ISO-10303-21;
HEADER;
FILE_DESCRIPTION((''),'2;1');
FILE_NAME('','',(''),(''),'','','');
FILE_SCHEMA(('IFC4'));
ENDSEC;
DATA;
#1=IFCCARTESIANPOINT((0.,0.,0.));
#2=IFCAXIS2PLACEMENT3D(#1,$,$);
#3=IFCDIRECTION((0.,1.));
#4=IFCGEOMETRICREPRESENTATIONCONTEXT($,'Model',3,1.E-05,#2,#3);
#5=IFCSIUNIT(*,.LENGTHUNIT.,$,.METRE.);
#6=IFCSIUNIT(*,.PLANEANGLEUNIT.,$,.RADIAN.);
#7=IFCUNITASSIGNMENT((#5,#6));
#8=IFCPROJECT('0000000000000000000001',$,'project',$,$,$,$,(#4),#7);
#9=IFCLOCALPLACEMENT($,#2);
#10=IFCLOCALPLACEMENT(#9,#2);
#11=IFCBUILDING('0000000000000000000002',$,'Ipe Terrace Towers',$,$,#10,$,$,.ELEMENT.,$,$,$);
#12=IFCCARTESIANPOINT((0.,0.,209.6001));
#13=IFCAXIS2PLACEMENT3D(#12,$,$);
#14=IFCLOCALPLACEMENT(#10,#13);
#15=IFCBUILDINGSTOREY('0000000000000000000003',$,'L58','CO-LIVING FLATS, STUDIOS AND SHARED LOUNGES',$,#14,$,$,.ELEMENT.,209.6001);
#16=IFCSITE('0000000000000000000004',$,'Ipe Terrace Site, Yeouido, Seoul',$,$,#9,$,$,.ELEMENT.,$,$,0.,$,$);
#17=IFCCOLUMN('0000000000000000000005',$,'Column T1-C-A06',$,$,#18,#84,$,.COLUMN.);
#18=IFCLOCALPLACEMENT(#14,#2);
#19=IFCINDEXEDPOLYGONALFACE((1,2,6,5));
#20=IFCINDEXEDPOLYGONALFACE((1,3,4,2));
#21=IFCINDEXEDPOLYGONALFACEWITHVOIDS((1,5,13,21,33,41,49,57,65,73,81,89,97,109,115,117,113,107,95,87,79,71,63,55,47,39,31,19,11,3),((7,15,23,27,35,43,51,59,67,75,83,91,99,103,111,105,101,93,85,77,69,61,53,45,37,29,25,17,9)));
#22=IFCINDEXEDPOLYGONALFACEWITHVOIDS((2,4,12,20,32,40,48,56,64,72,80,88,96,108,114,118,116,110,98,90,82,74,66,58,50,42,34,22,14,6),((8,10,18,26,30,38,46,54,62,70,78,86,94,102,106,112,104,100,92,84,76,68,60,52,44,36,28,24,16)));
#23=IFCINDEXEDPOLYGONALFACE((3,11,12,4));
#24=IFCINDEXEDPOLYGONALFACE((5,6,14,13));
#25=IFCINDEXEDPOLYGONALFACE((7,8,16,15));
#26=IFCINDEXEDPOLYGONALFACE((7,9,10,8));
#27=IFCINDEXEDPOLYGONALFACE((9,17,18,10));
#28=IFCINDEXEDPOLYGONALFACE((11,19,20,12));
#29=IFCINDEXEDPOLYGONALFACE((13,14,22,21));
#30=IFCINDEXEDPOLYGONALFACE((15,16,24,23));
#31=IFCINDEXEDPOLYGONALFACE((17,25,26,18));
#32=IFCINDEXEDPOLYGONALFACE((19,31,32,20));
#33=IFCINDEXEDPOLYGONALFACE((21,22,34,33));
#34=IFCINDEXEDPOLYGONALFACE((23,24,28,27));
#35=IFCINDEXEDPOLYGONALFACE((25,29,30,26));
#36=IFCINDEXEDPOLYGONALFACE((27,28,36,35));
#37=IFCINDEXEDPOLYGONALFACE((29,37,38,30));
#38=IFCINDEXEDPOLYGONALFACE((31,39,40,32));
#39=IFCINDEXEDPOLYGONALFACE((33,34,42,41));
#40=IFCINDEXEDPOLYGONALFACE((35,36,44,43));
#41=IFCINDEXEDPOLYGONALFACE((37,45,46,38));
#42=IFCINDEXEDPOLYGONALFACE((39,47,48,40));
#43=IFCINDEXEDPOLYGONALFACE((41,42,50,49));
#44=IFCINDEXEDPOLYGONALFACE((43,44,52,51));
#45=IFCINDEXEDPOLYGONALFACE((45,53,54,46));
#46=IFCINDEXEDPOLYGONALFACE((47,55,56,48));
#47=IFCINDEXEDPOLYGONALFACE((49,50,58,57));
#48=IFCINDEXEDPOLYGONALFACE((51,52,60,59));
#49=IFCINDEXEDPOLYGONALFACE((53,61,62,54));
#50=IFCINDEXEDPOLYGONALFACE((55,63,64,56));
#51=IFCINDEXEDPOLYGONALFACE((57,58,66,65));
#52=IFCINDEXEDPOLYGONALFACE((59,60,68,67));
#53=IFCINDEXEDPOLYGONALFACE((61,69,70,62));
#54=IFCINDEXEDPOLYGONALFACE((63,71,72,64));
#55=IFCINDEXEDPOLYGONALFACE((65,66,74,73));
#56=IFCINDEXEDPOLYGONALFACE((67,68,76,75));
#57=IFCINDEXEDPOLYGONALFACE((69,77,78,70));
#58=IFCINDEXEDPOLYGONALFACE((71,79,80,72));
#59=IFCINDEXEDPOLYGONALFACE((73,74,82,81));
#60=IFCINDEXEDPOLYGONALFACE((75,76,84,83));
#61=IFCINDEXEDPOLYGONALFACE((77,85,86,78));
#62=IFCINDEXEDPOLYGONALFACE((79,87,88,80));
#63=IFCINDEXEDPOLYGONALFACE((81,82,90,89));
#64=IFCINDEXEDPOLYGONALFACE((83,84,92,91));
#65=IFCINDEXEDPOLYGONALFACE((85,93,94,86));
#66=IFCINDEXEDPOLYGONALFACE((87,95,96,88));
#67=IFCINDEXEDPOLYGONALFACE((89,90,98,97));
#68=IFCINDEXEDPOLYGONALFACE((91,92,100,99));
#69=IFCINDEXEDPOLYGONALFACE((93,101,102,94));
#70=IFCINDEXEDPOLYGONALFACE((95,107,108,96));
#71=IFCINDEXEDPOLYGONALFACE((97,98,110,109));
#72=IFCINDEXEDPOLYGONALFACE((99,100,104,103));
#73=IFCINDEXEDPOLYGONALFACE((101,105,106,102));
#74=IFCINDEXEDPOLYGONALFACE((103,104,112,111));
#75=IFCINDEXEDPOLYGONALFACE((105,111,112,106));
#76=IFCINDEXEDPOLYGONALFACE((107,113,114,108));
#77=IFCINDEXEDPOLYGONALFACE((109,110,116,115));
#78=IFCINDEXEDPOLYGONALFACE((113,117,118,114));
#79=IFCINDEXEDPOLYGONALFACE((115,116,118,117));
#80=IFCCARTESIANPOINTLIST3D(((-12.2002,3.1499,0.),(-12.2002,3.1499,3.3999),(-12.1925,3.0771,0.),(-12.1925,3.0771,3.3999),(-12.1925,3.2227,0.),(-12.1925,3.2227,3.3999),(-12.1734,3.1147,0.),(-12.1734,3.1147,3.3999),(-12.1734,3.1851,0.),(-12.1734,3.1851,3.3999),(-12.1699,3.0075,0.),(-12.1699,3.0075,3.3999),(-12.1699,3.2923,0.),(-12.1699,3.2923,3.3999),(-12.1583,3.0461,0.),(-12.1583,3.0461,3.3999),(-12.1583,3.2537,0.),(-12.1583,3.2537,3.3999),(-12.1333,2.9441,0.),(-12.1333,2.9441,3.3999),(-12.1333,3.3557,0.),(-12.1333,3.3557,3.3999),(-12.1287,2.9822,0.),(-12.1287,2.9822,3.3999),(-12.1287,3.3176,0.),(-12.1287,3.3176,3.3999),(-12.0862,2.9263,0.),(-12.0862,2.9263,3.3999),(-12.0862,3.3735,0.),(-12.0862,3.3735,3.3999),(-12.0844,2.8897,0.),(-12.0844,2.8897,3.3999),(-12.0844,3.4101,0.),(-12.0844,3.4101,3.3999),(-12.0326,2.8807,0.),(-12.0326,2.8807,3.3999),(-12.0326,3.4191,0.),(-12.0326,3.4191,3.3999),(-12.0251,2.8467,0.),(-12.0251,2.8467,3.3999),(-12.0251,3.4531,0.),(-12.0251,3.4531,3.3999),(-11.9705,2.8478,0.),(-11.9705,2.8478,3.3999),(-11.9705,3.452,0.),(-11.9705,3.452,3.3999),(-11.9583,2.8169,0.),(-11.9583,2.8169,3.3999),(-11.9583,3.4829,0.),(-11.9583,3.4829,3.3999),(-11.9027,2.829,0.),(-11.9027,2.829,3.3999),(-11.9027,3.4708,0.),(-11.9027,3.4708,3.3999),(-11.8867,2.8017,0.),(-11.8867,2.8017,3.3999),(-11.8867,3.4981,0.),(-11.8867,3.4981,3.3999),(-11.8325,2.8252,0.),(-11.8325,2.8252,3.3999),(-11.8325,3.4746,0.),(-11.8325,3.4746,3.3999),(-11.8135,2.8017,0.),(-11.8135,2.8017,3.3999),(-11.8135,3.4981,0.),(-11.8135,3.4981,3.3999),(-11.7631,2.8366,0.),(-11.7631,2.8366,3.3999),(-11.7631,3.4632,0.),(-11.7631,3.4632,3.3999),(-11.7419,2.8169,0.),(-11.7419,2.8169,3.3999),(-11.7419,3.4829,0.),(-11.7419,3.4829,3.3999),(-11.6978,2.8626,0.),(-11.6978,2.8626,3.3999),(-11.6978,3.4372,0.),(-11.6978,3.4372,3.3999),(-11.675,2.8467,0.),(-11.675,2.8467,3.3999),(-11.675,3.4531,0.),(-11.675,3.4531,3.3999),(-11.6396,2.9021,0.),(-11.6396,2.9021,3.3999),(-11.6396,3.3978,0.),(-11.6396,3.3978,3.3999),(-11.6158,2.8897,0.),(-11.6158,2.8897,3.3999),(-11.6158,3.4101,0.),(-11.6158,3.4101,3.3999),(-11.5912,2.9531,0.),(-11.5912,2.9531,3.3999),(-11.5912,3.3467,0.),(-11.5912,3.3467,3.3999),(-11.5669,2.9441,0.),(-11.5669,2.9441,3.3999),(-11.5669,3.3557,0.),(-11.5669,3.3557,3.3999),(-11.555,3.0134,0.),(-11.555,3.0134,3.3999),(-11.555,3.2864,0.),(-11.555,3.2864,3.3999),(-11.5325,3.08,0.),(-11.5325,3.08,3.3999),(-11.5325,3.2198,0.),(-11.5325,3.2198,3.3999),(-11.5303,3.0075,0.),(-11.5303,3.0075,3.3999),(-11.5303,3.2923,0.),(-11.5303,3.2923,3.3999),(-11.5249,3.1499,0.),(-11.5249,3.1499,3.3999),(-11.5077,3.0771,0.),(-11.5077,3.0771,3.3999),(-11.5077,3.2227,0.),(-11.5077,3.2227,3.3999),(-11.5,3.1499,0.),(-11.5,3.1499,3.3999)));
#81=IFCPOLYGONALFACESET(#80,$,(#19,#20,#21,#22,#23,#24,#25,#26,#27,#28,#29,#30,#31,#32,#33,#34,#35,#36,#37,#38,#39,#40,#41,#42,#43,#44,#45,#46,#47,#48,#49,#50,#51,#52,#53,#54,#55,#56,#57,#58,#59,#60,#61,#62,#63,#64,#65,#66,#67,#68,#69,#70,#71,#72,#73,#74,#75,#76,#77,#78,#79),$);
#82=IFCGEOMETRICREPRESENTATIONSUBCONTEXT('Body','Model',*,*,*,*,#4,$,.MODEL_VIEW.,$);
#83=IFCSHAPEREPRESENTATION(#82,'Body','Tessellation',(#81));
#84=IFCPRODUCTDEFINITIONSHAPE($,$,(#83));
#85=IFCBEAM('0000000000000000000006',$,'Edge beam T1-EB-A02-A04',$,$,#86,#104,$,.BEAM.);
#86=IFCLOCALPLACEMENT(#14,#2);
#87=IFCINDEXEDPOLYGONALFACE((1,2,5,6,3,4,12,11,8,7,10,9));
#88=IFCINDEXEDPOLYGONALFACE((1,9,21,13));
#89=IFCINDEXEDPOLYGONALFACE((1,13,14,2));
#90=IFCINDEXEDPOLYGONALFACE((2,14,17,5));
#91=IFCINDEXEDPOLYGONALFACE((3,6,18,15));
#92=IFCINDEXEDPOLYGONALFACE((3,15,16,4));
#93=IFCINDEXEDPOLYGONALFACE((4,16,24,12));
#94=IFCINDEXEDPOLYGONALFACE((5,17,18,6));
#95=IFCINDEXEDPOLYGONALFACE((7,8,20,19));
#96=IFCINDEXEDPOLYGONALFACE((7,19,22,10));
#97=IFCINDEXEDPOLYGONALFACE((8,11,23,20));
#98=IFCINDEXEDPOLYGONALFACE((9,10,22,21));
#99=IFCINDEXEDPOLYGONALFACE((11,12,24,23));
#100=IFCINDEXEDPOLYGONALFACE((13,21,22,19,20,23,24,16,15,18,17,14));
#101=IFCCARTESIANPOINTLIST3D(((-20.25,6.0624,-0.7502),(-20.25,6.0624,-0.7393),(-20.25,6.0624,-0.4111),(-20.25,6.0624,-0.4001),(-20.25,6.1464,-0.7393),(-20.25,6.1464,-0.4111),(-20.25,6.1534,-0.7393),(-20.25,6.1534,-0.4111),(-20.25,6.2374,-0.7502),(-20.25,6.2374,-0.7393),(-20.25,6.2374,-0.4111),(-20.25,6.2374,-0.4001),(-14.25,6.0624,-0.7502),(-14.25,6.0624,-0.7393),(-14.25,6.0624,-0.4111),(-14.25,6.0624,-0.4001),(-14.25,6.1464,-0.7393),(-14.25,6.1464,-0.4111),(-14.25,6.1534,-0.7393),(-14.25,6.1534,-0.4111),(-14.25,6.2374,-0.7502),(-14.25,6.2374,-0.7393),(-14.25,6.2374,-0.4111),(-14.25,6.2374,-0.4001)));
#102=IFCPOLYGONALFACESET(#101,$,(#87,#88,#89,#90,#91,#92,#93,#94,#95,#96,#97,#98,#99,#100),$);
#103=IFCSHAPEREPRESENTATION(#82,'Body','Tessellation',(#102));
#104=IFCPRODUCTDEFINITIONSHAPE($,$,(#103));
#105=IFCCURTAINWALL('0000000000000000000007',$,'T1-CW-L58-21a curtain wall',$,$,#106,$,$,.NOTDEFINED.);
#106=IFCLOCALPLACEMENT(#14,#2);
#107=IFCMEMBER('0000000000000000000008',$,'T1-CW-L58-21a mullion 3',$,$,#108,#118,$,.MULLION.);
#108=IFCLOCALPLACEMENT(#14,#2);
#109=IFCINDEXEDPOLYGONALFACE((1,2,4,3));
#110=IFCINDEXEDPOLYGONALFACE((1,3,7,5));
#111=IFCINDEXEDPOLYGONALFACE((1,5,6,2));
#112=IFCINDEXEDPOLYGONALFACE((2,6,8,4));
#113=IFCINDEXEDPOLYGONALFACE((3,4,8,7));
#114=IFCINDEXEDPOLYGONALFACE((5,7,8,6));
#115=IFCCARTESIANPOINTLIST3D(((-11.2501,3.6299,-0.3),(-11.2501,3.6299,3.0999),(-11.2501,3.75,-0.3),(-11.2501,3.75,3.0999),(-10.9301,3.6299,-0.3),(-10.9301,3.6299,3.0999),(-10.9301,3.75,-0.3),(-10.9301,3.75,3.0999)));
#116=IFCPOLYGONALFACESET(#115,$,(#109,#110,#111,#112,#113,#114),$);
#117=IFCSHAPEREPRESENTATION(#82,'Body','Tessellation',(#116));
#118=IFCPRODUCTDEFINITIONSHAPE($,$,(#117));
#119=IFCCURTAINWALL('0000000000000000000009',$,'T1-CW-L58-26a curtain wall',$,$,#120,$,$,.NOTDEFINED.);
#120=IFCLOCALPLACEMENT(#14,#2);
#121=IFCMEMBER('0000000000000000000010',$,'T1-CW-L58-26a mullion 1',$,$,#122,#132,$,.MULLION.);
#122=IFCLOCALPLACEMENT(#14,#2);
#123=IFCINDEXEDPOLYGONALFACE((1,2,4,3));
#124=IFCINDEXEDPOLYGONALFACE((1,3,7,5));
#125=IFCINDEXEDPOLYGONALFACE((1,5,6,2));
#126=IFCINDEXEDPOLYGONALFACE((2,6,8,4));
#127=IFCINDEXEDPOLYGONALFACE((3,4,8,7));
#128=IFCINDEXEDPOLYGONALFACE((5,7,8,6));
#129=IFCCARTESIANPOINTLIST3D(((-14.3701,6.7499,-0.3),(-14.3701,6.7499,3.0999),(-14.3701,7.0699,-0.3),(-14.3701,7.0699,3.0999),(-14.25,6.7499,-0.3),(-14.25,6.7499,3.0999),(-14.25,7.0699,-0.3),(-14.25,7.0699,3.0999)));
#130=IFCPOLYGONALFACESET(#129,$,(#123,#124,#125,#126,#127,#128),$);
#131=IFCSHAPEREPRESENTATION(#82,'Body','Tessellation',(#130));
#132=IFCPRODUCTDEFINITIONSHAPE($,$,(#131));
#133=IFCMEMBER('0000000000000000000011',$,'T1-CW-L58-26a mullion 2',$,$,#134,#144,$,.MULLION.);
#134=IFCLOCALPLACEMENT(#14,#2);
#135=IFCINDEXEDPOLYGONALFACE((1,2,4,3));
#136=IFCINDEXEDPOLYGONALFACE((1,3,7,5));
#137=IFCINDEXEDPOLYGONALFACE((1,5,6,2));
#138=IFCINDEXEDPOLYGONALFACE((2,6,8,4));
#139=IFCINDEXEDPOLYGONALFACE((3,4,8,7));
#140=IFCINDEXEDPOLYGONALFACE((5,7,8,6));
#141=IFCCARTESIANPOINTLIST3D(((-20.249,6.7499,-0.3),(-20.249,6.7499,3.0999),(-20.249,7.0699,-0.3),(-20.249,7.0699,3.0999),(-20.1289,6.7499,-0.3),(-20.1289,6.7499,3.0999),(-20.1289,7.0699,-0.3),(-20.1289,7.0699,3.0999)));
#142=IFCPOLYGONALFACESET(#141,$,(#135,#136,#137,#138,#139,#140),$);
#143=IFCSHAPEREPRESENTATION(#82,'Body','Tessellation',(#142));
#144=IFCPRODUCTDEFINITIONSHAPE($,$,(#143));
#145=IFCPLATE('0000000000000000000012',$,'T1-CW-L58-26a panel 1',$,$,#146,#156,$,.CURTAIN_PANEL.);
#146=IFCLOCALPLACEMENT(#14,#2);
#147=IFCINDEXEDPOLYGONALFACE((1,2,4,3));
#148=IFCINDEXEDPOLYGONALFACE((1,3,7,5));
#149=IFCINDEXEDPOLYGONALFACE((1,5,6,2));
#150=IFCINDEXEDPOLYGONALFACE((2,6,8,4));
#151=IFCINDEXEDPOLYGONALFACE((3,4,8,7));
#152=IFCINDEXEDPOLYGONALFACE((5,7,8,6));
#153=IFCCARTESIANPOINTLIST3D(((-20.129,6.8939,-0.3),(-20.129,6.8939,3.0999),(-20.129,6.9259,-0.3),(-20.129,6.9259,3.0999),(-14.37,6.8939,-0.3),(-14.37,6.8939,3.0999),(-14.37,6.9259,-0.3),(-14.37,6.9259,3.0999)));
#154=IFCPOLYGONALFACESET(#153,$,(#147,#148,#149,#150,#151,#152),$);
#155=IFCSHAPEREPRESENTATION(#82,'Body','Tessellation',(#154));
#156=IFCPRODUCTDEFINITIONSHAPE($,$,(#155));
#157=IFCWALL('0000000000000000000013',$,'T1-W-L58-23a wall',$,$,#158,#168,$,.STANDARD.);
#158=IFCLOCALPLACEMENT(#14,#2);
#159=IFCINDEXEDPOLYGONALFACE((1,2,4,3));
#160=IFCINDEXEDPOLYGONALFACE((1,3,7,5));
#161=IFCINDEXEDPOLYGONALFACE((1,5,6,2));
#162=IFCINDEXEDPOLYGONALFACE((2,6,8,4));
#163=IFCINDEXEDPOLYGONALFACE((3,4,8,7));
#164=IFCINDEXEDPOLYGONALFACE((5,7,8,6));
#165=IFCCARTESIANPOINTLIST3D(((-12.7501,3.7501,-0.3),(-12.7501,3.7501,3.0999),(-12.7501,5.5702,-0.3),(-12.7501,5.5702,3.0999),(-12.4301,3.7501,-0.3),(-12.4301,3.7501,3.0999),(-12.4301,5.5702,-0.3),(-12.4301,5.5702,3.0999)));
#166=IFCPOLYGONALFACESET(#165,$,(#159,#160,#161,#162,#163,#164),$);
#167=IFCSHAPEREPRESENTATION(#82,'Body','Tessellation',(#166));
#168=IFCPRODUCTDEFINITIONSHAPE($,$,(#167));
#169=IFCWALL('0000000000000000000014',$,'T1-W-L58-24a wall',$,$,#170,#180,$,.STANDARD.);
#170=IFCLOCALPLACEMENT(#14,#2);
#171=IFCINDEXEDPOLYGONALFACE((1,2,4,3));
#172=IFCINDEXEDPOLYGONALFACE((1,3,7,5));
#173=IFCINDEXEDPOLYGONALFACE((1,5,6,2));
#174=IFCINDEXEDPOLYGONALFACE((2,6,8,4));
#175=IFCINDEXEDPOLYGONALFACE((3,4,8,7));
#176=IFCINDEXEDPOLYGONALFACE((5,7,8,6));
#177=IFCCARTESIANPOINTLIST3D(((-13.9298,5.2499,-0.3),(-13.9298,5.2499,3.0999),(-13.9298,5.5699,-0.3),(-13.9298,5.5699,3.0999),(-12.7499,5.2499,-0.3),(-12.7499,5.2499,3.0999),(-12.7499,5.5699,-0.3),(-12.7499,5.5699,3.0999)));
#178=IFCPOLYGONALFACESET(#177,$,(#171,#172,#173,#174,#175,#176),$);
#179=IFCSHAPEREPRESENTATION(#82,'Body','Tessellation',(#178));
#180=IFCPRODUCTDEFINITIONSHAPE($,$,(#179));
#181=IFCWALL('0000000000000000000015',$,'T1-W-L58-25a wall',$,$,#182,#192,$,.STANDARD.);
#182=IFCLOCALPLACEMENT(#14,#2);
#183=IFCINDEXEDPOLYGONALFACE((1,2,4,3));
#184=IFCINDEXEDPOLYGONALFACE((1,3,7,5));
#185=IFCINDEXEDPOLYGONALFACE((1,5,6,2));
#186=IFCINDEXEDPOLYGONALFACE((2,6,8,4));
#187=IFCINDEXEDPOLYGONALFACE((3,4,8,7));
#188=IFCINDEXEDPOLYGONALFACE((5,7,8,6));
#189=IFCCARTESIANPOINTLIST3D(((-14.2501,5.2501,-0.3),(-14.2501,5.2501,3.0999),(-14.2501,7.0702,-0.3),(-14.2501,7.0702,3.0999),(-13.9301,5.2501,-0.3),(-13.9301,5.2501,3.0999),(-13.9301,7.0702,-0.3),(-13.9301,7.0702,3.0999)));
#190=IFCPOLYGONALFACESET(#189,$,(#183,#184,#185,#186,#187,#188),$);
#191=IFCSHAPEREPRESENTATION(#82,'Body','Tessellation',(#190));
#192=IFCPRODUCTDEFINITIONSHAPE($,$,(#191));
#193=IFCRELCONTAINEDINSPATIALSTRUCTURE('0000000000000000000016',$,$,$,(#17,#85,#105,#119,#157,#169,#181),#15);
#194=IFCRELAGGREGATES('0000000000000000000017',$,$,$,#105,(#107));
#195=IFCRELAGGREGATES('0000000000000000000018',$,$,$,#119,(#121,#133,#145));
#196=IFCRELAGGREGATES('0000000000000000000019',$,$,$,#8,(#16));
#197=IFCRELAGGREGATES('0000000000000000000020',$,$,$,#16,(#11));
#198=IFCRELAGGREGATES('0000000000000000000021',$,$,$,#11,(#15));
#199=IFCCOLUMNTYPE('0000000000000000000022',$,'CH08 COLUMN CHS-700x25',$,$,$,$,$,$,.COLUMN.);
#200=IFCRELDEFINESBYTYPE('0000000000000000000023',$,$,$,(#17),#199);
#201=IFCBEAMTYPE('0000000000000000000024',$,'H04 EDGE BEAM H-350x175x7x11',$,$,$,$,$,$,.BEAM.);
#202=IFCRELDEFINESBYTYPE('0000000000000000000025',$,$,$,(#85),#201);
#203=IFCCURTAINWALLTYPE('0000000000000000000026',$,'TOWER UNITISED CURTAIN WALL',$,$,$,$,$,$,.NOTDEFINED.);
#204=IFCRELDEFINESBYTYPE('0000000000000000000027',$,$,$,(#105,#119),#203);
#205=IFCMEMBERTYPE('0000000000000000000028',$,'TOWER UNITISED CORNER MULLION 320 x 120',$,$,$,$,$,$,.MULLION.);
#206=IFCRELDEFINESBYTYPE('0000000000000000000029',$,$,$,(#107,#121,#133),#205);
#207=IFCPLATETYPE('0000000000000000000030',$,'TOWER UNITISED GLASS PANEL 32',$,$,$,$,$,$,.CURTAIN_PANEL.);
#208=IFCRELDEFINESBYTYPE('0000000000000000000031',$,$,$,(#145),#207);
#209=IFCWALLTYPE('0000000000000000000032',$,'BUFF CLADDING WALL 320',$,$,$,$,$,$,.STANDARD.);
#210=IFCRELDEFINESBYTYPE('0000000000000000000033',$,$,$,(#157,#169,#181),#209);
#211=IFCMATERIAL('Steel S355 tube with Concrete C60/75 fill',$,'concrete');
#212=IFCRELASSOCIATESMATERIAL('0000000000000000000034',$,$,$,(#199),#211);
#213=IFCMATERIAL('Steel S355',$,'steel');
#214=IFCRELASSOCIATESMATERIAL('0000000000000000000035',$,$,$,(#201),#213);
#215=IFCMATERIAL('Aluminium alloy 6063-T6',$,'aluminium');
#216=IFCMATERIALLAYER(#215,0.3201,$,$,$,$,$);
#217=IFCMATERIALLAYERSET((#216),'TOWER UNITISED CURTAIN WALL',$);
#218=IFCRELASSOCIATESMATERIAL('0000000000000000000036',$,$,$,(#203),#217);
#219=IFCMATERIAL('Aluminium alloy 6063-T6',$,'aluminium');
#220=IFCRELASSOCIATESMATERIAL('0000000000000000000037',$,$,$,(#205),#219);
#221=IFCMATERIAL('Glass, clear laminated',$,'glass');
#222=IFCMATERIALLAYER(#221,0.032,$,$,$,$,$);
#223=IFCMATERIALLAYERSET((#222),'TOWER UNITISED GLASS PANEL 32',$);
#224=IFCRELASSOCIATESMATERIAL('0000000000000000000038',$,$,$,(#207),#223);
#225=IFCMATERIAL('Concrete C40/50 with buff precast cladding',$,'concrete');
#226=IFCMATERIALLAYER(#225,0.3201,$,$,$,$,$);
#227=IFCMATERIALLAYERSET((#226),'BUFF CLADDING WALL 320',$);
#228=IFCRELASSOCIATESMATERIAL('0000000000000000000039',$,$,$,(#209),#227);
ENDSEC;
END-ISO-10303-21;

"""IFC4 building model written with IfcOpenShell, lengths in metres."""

from ifc_helpers import new_model, si_unit, direction, frame, frame_2d, origin, origin_2d, place, context, subcontext, project, spatial, rectangle, hollow_circle, i_section, extrude, material, layer, layer_set, material_profile, profile_set, type_object, element, aggregate, save


model = new_model("IFC4")

# Units and contexts
model_context = context("Model", 3, precision=1e-05, world=origin(), true_north=direction((0.0, 1.0)))
body_context = subcontext(model_context, "Body", "Model", "MODEL_VIEW")
ifc_project = project(units=[si_unit("LENGTHUNIT", "METRE"), si_unit("PLANEANGLEUNIT", "RADIAN")], contexts=[model_context])

# Site, building, storey
site_placement = place(None, origin())
site = spatial("IfcSite", under=ifc_project, at=site_placement, Name="Ipe Terrace Site, Yeouido, Seoul", CompositionType="ELEMENT", RefElevation=0.0)
building_placement = place(site_placement, origin())
building = spatial("IfcBuilding", under=site, at=building_placement, Name="Ipe Terrace Towers", CompositionType="ELEMENT")
storey_placement = place(building_placement, frame((0.0, 0.0, 209.6001)))
storey = spatial("IfcBuildingStorey", under=building, at=storey_placement, Name="L58", Description="CO-LIVING FLATS, STUDIOS AND SHARED LOUNGES", CompositionType="ELEMENT", Elevation=209.6001)

# Column
ifc_material_1 = material(Name="Steel S355 tube with Concrete C60/75 fill", Category="concrete")
ifc_material_profile_1 = material_profile(ifc_material_1, hollow_circle(Radius=0.3501, WallThickness=0.0249, at=origin_2d()), Name="CHS-700x25")
ifc_profile_set_1 = profile_set([ifc_material_profile_1], Name="Steel S355 tube with Concrete C60/75 fill")
column_type = type_object("IfcColumnType", Name="CH08 COLUMN CHS-700x25", PredefinedType="COLUMN", material=ifc_profile_set_1)
for number, where, z_axis, x_axis, name in (
    (1, (-11.8501, 3.1499, 0.0), (0.0, 0.0, 1.0), (1.0, 0.0, 0.0), "Column T1-C-A06"),
):
    element("IfcColumn", number, at=place(storey_placement, frame(where, z_axis=z_axis, x_axis=x_axis)), inside=storey, type_object=column_type, Name=name, PredefinedType="COLUMN", context=body_context, shape_type="SweptSolid", body=[
        extrude(hollow_circle(Radius=0.3501, WallThickness=0.0249, at=origin_2d()), origin(), (0.0, 0.0, 1.0), 3.3999),
    ])

# Beam
ifc_material_2 = material(Name="Steel S355", Category="steel")
ifc_material_profile_2 = material_profile(ifc_material_2, i_section(OverallWidth=0.175, OverallDepth=0.3501, WebThickness=0.0071, FlangeThickness=0.011, at=origin_2d()), Name="H-350x175x7x11")
ifc_profile_set_2 = profile_set([ifc_material_profile_2], Name="Steel S355")
beam_type = type_object("IfcBeamType", Name="H04 EDGE BEAM H-350x175x7x11", PredefinedType="BEAM", material=ifc_profile_set_2)
beam_placement = place(storey_placement, frame((-20.25, 6.1499, -0.5752), z_axis=(1.0, 0.0, 0.0), x_axis=(0.0, 1.0, 0.0)))
element("IfcBeam", 2, at=beam_placement, inside=storey, type_object=beam_type, Name="Edge beam T1-EB-A02-A04", PredefinedType="BEAM", context=body_context, shape_type="SweptSolid", body=[
    extrude(i_section(OverallWidth=0.175, OverallDepth=0.3501, WebThickness=0.0071, FlangeThickness=0.011, at=origin_2d()), origin(), (0.0, 0.0, 1.0), 6.0),
])

# Curtain wall, member
ifc_material_3 = material(Name="Aluminium alloy 6063-T6", Category="aluminium")
ifc_layer_1 = layer(ifc_material_3, 0.3201)
ifc_layer_set_1 = layer_set([ifc_layer_1], Name="TOWER UNITISED CURTAIN WALL")
curtain_wall_type = type_object("IfcCurtainWallType", Name="TOWER UNITISED CURTAIN WALL", PredefinedType="NOTDEFINED", material=ifc_layer_set_1)
curtain_wall_1_placement = place(storey_placement, origin())
curtain_wall_1 = element("IfcCurtainWall", 3, at=curtain_wall_1_placement, inside=storey, type_object=curtain_wall_type, Name="T1-CW-L58-21a curtain wall", PredefinedType="NOTDEFINED")
ifc_material_4 = material(Name="Aluminium alloy 6063-T6", Category="aluminium")
ifc_material_profile_3 = material_profile(ifc_material_4, rectangle(XDim=0.3201, YDim=0.1201, at=origin_2d()), Name="TOWER UNITISED CORNER MULLION 320 x 120")
ifc_profile_set_3 = profile_set([ifc_material_profile_3], Name="Aluminium alloy 6063-T6")
member_type = type_object("IfcMemberType", Name="TOWER UNITISED CORNER MULLION 320 x 120", PredefinedType="MULLION", material=ifc_profile_set_3)
member_1_placement = place(storey_placement, frame((-11.0901, 3.6899, -0.3), z_axis=(0.0, 0.0, 1.0), x_axis=(1.0, 0.0, 0.0)))
member_1 = element("IfcMember", 4, at=member_1_placement, type_object=member_type, Name="T1-CW-L58-21a mullion 3", PredefinedType="MULLION", context=body_context, shape_type="SweptSolid", body=[
    extrude(rectangle(XDim=0.3201, YDim=0.1201, at=origin_2d()), origin(), (0.0, 0.0, 1.0), 3.3999),
])
aggregate(curtain_wall_1, [member_1])

# Curtain wall, members, plate
curtain_wall_2_placement = place(storey_placement, origin())
curtain_wall_2 = element("IfcCurtainWall", 5, at=curtain_wall_2_placement, inside=storey, type_object=curtain_wall_type, Name="T1-CW-L58-26a curtain wall", PredefinedType="NOTDEFINED")
member_2_placement = place(storey_placement, frame((-14.3101, 6.9099, -0.3), z_axis=(0.0, 0.0, 1.0), x_axis=(0.0, 1.0, 0.0)))
member_2 = element("IfcMember", 6, at=member_2_placement, type_object=member_type, Name="T1-CW-L58-26a mullion 1", PredefinedType="MULLION", context=body_context, shape_type="SweptSolid", body=[
    extrude(rectangle(XDim=0.3201, YDim=0.1201, at=origin_2d()), origin(), (0.0, 0.0, 1.0), 3.3999),
])
member_3_placement = place(storey_placement, frame((-20.189, 6.9099, -0.3), z_axis=(0.0, 0.0, 1.0), x_axis=(0.0, 1.0, 0.0)))
member_3 = element("IfcMember", 7, at=member_3_placement, type_object=member_type, Name="T1-CW-L58-26a mullion 2", PredefinedType="MULLION", context=body_context, shape_type="SweptSolid", body=[
    extrude(rectangle(XDim=0.3201, YDim=0.1201, at=origin_2d()), origin(), (0.0, 0.0, 1.0), 3.3999),
])
ifc_material_5 = material(Name="Glass, clear laminated", Category="glass")
ifc_layer_2 = layer(ifc_material_5, 0.032)
ifc_layer_set_2 = layer_set([ifc_layer_2], Name="TOWER UNITISED GLASS PANEL 32")
plate_type = type_object("IfcPlateType", Name="TOWER UNITISED GLASS PANEL 32", PredefinedType="CURTAIN_PANEL", material=ifc_layer_set_2)
plate_placement = place(storey_placement, frame((-17.2495, 6.9099, -0.3), z_axis=(0.0, 0.0, 1.0), x_axis=(-1.0, 0.0, 0.0)))
plate = element("IfcPlate", 8, at=plate_placement, type_object=plate_type, Name="T1-CW-L58-26a panel 1", PredefinedType="CURTAIN_PANEL", context=body_context, shape_type="SweptSolid", body=[
    extrude(rectangle(XDim=5.759, YDim=0.032, at=origin_2d()), origin(), (0.0, 0.0, 1.0), 3.3999),
])
aggregate(curtain_wall_2, [member_2, member_3, plate])

# Walls
ifc_material_6 = material(Name="Concrete C40/50 with buff precast cladding", Category="concrete")
ifc_layer_3 = layer(ifc_material_6, 0.3201)
ifc_layer_set_3 = layer_set([ifc_layer_3], Name="BUFF CLADDING WALL 320")
wall_type_1 = type_object("IfcWallType", Name="BUFF CLADDING WALL 320", PredefinedType="STANDARD", material=ifc_layer_set_3)
wall_1_placement = place(storey_placement, frame((-12.5901, 3.75, -0.3), z_axis=(0.0, 0.0, 1.0), x_axis=(0.0, 1.0, 0.0)))
element("IfcWall", 9, at=wall_1_placement, inside=storey, type_object=wall_type_1, Name="T1-W-L58-23a wall", PredefinedType="STANDARD", context=body_context, shape_type="SweptSolid", body=[
    extrude(rectangle(XDim=1.8201, YDim=0.3201, at=frame_2d((0.9102, 0.0))), origin(), (0.0, 0.0, 1.0), 3.3999),
])
wall_2_placement = place(storey_placement, frame((-12.75, 5.4099, -0.3), z_axis=(0.0, 0.0, 1.0), x_axis=(-1.0, 0.0, 0.0)))
element("IfcWall", 10, at=wall_2_placement, inside=storey, type_object=wall_type_1, Name="T1-W-L58-24a wall", PredefinedType="STANDARD", context=body_context, shape_type="SweptSolid", body=[
    extrude(rectangle(XDim=1.1799, YDim=0.3201, at=frame_2d((0.5898, 0.0))), origin(), (0.0, 0.0, 1.0), 3.3999),
])
wall_3_placement = place(storey_placement, frame((-14.0901, 5.25, -0.3), z_axis=(0.0, 0.0, 1.0), x_axis=(0.0, 1.0, 0.0)))
element("IfcWall", 11, at=wall_3_placement, inside=storey, type_object=wall_type_1, Name="T1-W-L58-25a wall", PredefinedType="STANDARD", context=body_context, shape_type="SweptSolid", body=[
    extrude(rectangle(XDim=1.8201, YDim=0.3201, at=frame_2d((0.9102, 0.0))), origin(), (0.0, 0.0, 1.0), 3.3999),
])

save(model, "model.ifc")
